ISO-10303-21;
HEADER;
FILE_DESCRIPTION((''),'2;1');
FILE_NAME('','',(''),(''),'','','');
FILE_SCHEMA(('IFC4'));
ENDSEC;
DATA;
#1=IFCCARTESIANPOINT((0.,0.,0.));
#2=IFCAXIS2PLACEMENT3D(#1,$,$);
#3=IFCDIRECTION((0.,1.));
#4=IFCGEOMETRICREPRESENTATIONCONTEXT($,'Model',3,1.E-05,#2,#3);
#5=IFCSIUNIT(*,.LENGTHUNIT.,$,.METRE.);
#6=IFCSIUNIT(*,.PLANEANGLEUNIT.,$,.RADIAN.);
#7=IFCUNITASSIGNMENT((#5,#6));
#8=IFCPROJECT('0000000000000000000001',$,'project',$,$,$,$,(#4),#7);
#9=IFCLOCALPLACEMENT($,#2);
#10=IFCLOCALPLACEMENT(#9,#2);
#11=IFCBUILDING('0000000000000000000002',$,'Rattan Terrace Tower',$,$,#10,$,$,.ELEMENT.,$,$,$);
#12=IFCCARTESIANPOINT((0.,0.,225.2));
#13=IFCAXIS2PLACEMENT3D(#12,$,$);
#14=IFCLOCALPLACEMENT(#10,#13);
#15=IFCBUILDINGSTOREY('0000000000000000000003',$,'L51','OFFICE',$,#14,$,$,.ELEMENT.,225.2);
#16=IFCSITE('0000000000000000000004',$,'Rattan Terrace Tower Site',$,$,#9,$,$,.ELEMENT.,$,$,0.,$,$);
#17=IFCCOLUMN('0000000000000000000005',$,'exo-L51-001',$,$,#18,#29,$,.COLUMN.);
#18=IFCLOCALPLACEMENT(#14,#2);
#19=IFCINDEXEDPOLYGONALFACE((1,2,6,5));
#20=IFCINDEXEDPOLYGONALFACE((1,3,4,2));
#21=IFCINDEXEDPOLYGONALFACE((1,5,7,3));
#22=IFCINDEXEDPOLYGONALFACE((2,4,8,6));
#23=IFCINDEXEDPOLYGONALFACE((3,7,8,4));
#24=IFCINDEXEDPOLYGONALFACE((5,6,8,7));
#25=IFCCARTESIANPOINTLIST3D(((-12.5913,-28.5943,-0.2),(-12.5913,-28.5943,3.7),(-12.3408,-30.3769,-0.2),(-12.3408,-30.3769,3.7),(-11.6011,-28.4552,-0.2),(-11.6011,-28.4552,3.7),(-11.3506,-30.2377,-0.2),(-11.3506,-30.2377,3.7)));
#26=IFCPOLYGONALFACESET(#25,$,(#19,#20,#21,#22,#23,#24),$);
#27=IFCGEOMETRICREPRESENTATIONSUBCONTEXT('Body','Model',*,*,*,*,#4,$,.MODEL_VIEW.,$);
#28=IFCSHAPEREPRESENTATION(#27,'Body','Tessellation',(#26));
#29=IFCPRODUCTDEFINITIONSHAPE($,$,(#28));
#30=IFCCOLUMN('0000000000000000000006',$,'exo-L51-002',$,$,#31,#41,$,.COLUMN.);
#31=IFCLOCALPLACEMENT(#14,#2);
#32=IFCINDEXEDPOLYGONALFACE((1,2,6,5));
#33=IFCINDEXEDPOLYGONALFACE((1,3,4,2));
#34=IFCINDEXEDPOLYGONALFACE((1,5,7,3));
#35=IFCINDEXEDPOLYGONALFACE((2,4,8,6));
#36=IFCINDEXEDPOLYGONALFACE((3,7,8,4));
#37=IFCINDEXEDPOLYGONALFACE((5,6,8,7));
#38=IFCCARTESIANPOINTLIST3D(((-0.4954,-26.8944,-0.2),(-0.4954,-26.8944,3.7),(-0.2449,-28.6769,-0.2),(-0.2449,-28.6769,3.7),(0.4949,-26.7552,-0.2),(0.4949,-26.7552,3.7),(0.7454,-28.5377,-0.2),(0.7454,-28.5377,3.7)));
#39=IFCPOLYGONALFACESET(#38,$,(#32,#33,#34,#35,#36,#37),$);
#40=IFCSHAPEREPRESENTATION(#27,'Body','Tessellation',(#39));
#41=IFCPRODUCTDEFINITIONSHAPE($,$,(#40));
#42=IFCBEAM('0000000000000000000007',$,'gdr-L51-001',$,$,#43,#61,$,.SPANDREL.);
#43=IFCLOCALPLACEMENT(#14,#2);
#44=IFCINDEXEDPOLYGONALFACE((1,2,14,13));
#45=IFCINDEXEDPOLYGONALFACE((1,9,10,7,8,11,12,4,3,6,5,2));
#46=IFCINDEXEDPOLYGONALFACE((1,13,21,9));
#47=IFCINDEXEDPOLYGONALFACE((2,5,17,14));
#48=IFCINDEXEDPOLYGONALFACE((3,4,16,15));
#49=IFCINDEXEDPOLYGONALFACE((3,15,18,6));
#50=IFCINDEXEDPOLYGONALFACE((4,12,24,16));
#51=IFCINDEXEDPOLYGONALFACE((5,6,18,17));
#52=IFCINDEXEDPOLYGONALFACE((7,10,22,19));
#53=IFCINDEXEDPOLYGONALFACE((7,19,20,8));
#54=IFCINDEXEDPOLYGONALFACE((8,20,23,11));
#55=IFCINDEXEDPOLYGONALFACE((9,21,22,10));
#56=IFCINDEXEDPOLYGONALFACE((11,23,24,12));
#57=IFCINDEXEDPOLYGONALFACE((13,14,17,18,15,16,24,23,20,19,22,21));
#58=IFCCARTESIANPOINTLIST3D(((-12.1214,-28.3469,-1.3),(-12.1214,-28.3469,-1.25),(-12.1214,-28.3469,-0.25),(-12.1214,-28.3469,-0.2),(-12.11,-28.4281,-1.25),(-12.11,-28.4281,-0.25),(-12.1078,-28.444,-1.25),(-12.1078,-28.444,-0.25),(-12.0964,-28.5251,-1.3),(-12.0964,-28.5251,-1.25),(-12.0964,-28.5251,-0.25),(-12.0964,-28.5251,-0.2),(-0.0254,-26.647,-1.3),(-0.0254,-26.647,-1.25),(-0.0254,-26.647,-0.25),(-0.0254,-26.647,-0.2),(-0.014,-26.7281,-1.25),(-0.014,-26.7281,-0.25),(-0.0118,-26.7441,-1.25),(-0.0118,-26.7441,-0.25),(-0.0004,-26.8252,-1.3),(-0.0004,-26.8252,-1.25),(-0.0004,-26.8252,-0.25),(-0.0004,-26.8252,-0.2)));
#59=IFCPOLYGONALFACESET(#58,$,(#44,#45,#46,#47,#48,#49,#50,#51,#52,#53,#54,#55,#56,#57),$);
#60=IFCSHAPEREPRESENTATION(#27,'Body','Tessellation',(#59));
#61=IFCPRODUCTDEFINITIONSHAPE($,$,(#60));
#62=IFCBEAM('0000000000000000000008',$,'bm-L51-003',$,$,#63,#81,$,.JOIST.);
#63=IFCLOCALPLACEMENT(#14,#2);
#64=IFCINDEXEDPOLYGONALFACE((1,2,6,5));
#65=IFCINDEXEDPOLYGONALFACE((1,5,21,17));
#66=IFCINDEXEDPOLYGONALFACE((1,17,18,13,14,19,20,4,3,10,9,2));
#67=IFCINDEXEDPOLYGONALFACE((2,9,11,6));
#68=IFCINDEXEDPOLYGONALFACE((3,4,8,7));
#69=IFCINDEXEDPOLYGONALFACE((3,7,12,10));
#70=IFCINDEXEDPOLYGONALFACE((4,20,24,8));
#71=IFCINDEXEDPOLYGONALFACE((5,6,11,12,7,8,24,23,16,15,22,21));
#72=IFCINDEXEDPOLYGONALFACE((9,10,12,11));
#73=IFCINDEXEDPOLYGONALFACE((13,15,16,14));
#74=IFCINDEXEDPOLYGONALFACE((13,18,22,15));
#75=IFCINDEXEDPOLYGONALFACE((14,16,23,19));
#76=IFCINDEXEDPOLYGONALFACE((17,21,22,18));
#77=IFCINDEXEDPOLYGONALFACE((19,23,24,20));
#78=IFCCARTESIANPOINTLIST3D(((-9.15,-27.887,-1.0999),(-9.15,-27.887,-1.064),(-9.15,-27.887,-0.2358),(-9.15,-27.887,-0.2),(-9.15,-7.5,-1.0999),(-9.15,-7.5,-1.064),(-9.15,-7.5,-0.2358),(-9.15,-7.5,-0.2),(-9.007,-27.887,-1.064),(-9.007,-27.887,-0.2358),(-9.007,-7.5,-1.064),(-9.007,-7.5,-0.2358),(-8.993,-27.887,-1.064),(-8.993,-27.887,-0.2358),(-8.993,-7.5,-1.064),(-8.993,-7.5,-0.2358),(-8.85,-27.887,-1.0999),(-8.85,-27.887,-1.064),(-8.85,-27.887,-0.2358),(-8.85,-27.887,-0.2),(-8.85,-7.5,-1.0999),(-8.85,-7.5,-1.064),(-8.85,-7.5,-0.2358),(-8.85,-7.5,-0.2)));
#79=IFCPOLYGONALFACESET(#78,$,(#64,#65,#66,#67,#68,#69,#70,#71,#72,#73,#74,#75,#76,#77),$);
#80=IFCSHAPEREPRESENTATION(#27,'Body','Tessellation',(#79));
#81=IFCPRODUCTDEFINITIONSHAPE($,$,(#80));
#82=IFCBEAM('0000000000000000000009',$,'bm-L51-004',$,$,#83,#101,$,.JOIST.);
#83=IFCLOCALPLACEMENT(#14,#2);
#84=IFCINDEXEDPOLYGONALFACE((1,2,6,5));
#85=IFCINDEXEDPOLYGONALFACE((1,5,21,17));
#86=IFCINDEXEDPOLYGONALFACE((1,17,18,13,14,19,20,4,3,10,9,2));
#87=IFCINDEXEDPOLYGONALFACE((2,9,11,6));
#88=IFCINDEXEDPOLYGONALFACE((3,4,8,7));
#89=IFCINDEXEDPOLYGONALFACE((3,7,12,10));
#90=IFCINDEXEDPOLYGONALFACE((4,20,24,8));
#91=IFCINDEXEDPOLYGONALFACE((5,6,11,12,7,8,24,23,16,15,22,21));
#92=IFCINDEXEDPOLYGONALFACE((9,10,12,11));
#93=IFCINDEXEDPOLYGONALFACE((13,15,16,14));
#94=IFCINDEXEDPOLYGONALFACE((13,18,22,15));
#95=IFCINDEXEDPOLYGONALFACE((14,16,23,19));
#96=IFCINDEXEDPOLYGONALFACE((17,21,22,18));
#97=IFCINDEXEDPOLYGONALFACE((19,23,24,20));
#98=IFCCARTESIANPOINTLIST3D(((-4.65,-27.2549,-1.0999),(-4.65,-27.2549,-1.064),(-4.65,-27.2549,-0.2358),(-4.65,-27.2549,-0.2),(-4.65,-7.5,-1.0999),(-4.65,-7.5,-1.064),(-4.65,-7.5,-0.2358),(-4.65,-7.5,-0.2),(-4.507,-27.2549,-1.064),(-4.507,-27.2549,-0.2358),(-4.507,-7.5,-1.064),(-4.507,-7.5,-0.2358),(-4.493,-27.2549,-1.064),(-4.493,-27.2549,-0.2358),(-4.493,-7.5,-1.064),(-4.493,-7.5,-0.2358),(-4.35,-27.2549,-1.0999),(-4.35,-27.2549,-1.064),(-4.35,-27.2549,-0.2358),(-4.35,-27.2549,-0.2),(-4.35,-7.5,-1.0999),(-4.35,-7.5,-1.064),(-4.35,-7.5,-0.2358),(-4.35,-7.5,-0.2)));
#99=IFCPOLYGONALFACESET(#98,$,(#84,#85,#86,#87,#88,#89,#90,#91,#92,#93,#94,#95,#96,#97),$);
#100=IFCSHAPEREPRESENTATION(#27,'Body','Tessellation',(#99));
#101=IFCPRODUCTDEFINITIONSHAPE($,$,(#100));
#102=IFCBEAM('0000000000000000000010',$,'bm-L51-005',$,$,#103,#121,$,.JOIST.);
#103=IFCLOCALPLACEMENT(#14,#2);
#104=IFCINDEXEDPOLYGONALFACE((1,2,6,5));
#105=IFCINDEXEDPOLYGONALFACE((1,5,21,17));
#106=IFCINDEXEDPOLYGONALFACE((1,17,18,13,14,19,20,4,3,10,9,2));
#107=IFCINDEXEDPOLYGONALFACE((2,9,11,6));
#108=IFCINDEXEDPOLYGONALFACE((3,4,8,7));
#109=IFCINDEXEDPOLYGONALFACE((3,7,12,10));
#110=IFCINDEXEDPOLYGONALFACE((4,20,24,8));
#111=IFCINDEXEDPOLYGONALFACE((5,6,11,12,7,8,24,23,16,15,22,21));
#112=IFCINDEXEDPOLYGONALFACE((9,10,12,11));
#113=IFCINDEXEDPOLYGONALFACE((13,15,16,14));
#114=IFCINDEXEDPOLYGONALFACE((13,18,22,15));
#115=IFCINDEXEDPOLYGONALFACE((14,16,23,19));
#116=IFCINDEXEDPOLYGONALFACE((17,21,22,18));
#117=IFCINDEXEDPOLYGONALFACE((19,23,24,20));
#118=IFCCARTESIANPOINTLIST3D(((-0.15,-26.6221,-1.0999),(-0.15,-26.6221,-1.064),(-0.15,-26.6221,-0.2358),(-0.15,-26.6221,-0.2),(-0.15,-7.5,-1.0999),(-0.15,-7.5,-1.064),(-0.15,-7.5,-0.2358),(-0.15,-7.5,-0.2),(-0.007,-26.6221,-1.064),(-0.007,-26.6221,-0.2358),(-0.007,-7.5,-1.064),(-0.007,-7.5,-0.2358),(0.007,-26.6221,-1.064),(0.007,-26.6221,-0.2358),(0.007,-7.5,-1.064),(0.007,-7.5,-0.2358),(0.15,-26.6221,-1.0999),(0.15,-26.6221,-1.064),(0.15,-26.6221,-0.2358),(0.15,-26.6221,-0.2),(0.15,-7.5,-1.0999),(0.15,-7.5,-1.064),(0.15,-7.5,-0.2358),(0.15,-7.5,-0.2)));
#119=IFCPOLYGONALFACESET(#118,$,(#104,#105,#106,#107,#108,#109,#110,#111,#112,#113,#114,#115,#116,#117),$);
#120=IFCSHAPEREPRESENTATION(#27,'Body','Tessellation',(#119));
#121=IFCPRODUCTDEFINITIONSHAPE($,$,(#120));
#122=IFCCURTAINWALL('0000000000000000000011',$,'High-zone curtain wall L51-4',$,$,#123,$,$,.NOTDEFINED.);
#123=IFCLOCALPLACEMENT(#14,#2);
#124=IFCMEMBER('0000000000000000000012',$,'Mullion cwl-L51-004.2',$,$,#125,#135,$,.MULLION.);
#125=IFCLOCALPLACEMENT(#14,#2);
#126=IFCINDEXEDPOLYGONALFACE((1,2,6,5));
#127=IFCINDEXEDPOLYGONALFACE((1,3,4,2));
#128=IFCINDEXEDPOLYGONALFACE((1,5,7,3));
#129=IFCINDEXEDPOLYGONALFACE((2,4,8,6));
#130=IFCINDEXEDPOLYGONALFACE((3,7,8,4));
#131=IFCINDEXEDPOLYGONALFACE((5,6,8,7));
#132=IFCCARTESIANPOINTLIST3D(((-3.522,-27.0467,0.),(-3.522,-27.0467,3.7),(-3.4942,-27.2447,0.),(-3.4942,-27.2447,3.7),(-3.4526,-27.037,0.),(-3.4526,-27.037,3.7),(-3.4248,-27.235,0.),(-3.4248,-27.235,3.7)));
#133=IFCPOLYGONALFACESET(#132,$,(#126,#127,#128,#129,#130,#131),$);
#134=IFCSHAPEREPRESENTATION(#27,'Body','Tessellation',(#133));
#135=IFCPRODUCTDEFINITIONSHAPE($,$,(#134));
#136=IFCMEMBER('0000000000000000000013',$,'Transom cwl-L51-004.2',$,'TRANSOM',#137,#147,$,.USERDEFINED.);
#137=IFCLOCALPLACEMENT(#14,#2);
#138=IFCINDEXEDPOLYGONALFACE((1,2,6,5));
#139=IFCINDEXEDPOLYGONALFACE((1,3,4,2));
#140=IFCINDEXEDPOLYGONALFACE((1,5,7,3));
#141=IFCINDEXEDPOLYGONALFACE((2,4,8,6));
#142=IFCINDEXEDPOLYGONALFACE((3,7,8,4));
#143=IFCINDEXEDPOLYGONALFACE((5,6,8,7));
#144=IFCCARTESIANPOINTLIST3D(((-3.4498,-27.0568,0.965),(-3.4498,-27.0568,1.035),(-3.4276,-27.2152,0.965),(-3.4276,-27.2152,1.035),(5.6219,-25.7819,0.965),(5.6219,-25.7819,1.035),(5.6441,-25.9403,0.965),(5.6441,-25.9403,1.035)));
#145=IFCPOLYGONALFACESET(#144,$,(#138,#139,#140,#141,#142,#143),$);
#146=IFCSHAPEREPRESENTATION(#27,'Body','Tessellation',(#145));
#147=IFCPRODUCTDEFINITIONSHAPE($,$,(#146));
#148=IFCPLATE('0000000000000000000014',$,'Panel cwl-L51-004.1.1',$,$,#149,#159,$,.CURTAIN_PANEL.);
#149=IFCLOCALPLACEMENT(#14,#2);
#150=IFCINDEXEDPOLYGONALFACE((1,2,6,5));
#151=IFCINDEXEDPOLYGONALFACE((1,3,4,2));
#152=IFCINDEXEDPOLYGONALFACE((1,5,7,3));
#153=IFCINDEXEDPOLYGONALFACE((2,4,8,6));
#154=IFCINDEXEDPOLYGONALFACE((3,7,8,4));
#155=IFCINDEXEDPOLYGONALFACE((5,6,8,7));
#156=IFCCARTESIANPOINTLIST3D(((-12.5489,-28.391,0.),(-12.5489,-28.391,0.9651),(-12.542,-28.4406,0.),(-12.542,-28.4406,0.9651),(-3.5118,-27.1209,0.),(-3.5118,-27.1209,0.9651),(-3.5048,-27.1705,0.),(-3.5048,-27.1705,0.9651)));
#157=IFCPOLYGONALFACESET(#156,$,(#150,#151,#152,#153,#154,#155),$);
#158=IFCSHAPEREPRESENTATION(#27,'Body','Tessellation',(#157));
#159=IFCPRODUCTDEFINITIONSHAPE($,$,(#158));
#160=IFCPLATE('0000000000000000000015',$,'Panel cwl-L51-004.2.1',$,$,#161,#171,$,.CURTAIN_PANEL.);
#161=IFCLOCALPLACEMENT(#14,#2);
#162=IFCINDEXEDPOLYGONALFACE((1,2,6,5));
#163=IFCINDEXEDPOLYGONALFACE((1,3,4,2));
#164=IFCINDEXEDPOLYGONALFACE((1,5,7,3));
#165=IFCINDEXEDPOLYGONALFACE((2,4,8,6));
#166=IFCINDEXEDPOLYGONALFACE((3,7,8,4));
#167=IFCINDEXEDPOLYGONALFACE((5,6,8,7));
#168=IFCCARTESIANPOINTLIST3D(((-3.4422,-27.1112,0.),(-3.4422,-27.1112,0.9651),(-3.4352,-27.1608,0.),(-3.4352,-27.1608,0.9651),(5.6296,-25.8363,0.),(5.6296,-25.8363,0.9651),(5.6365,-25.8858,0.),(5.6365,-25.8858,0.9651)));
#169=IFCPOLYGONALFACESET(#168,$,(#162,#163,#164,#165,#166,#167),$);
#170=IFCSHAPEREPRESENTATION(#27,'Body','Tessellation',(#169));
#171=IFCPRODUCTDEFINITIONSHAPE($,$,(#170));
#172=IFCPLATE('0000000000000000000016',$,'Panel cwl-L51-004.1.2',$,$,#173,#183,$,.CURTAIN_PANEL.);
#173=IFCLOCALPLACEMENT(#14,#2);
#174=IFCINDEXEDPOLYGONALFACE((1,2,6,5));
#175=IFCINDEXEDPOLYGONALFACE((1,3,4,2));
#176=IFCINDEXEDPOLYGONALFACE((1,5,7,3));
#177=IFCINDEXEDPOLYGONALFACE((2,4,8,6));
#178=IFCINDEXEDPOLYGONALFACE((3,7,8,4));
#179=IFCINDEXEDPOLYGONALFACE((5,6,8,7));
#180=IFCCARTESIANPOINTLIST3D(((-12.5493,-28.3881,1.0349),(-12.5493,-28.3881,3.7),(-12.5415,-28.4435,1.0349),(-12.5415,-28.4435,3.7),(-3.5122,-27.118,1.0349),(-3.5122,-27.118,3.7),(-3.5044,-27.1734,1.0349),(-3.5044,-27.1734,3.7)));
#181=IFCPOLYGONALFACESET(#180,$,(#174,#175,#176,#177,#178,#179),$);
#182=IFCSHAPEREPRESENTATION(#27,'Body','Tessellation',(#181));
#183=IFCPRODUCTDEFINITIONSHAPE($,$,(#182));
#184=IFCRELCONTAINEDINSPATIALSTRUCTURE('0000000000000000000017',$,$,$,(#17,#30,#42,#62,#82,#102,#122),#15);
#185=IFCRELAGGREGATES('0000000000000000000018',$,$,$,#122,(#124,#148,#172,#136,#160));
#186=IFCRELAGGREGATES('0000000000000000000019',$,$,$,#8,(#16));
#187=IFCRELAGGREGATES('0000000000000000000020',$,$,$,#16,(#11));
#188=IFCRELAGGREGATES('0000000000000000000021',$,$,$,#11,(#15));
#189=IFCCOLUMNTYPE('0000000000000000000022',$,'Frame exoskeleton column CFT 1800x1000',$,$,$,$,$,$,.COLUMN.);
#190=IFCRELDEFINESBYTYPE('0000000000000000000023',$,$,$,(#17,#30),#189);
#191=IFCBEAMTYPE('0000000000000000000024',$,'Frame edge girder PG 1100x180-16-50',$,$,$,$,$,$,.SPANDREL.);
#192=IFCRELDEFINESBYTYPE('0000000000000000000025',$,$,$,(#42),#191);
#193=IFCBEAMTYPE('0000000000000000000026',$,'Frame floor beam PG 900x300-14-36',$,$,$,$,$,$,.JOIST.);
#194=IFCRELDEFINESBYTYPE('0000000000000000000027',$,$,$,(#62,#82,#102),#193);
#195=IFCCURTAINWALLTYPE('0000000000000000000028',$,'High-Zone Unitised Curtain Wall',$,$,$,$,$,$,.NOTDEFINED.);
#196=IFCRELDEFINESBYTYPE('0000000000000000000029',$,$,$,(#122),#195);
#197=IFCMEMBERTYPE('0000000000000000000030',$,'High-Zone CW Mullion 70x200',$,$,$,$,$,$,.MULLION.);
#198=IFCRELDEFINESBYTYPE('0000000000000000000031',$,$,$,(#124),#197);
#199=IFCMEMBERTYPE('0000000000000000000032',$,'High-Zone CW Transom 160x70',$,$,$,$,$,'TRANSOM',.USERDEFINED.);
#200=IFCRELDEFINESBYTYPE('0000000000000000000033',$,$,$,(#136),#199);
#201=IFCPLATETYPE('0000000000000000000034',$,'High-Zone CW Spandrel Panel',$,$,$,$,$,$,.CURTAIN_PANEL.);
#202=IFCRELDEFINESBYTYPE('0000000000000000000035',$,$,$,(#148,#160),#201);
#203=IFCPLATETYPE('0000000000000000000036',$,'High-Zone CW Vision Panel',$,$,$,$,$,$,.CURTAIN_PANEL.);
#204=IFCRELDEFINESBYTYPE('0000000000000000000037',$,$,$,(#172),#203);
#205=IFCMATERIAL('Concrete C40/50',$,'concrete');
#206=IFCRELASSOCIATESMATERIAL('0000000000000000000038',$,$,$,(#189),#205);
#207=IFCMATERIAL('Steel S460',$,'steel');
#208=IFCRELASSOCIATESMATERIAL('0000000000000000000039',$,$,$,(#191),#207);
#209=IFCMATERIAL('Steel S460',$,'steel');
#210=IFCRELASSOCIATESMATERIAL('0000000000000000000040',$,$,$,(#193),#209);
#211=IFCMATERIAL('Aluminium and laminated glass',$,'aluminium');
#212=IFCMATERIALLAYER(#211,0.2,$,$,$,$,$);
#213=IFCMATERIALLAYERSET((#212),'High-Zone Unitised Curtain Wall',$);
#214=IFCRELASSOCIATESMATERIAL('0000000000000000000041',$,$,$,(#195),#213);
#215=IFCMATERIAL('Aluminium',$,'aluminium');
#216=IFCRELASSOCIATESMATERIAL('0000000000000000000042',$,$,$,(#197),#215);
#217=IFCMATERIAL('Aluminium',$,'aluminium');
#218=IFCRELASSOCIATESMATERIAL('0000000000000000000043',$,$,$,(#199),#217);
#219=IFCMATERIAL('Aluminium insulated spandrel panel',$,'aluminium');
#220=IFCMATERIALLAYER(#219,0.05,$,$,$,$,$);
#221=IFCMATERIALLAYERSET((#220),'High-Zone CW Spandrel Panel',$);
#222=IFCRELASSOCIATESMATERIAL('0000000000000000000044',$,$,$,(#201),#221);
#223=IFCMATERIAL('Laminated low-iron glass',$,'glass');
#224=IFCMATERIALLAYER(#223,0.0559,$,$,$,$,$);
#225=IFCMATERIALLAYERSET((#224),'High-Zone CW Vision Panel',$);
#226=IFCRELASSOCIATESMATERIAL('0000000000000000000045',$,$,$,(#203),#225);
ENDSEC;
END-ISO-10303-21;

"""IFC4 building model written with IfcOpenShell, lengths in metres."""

from ifc_helpers import new_model, si_unit, direction, frame, origin, origin_2d, place, context, subcontext, project, spatial, rectangle, i_section, extrude, material, layer, layer_set, material_profile, profile_set, type_object, element, aggregate, save


model = new_model("IFC4")

# Units and contexts
model_context = context("Model", 3, precision=1e-05, world=origin(), true_north=direction((0.0, 1.0)))
body_context = subcontext(model_context, "Body", "Model", "MODEL_VIEW")
ifc_project = project(units=[si_unit("LENGTHUNIT", "METRE"), si_unit("PLANEANGLEUNIT", "RADIAN")], contexts=[model_context])

# Site, building, storey
site_placement = place(None, origin())
site = spatial("IfcSite", under=ifc_project, at=site_placement, Name="Rattan Terrace Tower Site", CompositionType="ELEMENT", RefElevation=0.0)
building_placement = place(site_placement, origin())
building = spatial("IfcBuilding", under=site, at=building_placement, Name="Rattan Terrace Tower", CompositionType="ELEMENT")
storey_placement = place(building_placement, frame((0.0, 0.0, 225.2)))
storey = spatial("IfcBuildingStorey", under=building, at=storey_placement, Name="L51", Description="OFFICE", CompositionType="ELEMENT", Elevation=225.2)

# Columns
ifc_material_1 = material(Name="Concrete C40/50", Category="concrete")
ifc_material_profile_1 = material_profile(ifc_material_1, rectangle(XDim=1.0, YDim=1.8, at=origin_2d()), Name="CFT 1800x1000")
ifc_profile_set_1 = profile_set([ifc_material_profile_1], Name="Concrete C40/50")
column_type = type_object("IfcColumnType", Name="Frame exoskeleton column CFT 1800x1000", PredefinedType="COLUMN", material=ifc_profile_set_1)
for number, where, z_axis, x_axis, name in (
    (1, (-11.9709, -29.416, -0.2), (0.0, 0.0, 1.0), (0.990268, 0.139173, 0.0), "exo-L51-001"),
    (2, (0.125, -27.7161, -0.2), (0.0, 0.0, 1.0), (0.990268, 0.139173, 0.0), "exo-L51-002"),
):
    element("IfcColumn", number, at=place(storey_placement, frame(where, z_axis=z_axis, x_axis=x_axis)), inside=storey, type_object=column_type, Name=name, PredefinedType="COLUMN", context=body_context, shape_type="SweptSolid", body=[
        extrude(rectangle(XDim=1.0, YDim=1.8, at=origin_2d()), origin(), (0.0, 0.0, 1.0), 3.8999),
    ])

# Beams
ifc_material_2 = material(Name="Steel S460", Category="steel")
ifc_material_profile_2 = material_profile(ifc_material_2, i_section(OverallWidth=0.1799, OverallDepth=1.1001, WebThickness=0.0161, FlangeThickness=0.05, at=origin_2d()), Name="PG 1100x180-16-50")
ifc_profile_set_2 = profile_set([ifc_material_profile_2], Name="Steel S460")
beam_type_1 = type_object("IfcBeamType", Name="Frame edge girder PG 1100x180-16-50", PredefinedType="SPANDREL", material=ifc_profile_set_2)
beam_1_placement = place(storey_placement, frame((-12.1089, -28.436, -0.75), z_axis=(0.990268, 0.139171, 0.0), x_axis=(-0.139171, 0.990268, 0.0)))
element("IfcBeam", 3, at=beam_1_placement, inside=storey, type_object=beam_type_1, Name="gdr-L51-001", PredefinedType="SPANDREL", context=body_context, shape_type="SweptSolid", body=[
    extrude(i_section(OverallWidth=0.1799, OverallDepth=1.1001, WebThickness=0.0161, FlangeThickness=0.05, at=origin_2d()), origin(), (0.0, 0.0, 1.0), 12.2148),
])
ifc_material_3 = material(Name="Steel S460", Category="steel")
ifc_material_profile_3 = material_profile(ifc_material_3, i_section(OverallWidth=0.3, OverallDepth=0.8999, WebThickness=0.0139, FlangeThickness=0.0359, at=origin_2d()), Name="PG 900x300-14-36")
ifc_profile_set_3 = profile_set([ifc_material_profile_3], Name="Steel S460")
beam_type_2 = type_object("IfcBeamType", Name="Frame floor beam PG 900x300-14-36", PredefinedType="JOIST", material=ifc_profile_set_3)
beam_2_placement = place(storey_placement, frame((-9.0, -27.887, -0.6499), z_axis=(0.0, 1.0, 0.0), x_axis=(-1.0, 0.0, 0.0)))
element("IfcBeam", 4, at=beam_2_placement, inside=storey, type_object=beam_type_2, Name="bm-L51-003", PredefinedType="JOIST", context=body_context, shape_type="SweptSolid", body=[
    extrude(i_section(OverallWidth=0.3, OverallDepth=0.8999, WebThickness=0.0139, FlangeThickness=0.0359, at=origin_2d()), origin(), (0.0, 0.0, 1.0), 20.387),
])
beam_3_placement = place(storey_placement, frame((-4.5, -27.2549, -0.6499), z_axis=(0.0, 1.0, 0.0), x_axis=(-1.0, 0.0, 0.0)))
element("IfcBeam", 5, at=beam_3_placement, inside=storey, type_object=beam_type_2, Name="bm-L51-004", PredefinedType="JOIST", context=body_context, shape_type="SweptSolid", body=[
    extrude(i_section(OverallWidth=0.3, OverallDepth=0.8999, WebThickness=0.0139, FlangeThickness=0.0359, at=origin_2d()), origin(), (0.0, 0.0, 1.0), 19.7549),
])
beam_4_placement = place(storey_placement, frame((0.0, -26.6221, -0.6499), z_axis=(0.0, 1.0, 0.0), x_axis=(-1.0, 0.0, 0.0)))
element("IfcBeam", 6, at=beam_4_placement, inside=storey, type_object=beam_type_2, Name="bm-L51-005", PredefinedType="JOIST", context=body_context, shape_type="SweptSolid", body=[
    extrude(i_section(OverallWidth=0.3, OverallDepth=0.8999, WebThickness=0.0139, FlangeThickness=0.0359, at=origin_2d()), origin(), (0.0, 0.0, 1.0), 19.1221),
])

# Curtain wall, members, plates
ifc_material_4 = material(Name="Aluminium and laminated glass", Category="aluminium")
ifc_layer_1 = layer(ifc_material_4, 0.2)
ifc_layer_set_1 = layer_set([ifc_layer_1], Name="High-Zone Unitised Curtain Wall")
curtain_wall_type = type_object("IfcCurtainWallType", Name="High-Zone Unitised Curtain Wall", PredefinedType="NOTDEFINED", material=ifc_layer_set_1)
curtain_wall_placement = place(storey_placement, origin())
curtain_wall = element("IfcCurtainWall", 7, at=curtain_wall_placement, inside=storey, type_object=curtain_wall_type, Name="High-zone curtain wall L51-4", PredefinedType="NOTDEFINED")
ifc_material_5 = material(Name="Aluminium", Category="aluminium")
ifc_material_profile_4 = material_profile(ifc_material_5, rectangle(XDim=0.0701, YDim=0.2, at=origin_2d()), Name="Aluminium 70x200")
ifc_profile_set_4 = profile_set([ifc_material_profile_4], Name="Aluminium")
member_type_1 = type_object("IfcMemberType", Name="High-Zone CW Mullion 70x200", PredefinedType="MULLION", material=ifc_profile_set_4)
member_1_placement = place(storey_placement, frame((-3.4734, -27.1409, 0.0), z_axis=(0.0, 0.0, 1.0), x_axis=(0.990267, 0.139177, 0.0)))
member_1 = element("IfcMember", 8, at=member_1_placement, type_object=member_type_1, Name="Mullion cwl-L51-004.2", PredefinedType="MULLION", context=body_context, shape_type="SweptSolid", body=[
    extrude(rectangle(XDim=0.0701, YDim=0.2, at=origin_2d()), origin(), (0.0, 0.0, 1.0), 3.7),
])
ifc_material_6 = material(Name="Aluminium", Category="aluminium")
ifc_material_profile_5 = material_profile(ifc_material_6, rectangle(XDim=0.1599, YDim=0.0701, at=origin_2d()), Name="Aluminium 160x70")
ifc_profile_set_5 = profile_set([ifc_material_profile_5], Name="Aluminium")
member_type_2 = type_object("IfcMemberType", Name="High-Zone CW Transom 160x70", ElementType="TRANSOM", PredefinedType="USERDEFINED", material=ifc_profile_set_5)
member_2_placement = place(storey_placement, frame((-3.4387, -27.136, 1.0), z_axis=(0.990269, 0.139167, 0.0), x_axis=(-0.139167, 0.990269, 0.0)))
member_2 = element("IfcMember", 9, at=member_2_placement, type_object=member_type_2, Name="Transom cwl-L51-004.2", ObjectType="TRANSOM", PredefinedType="USERDEFINED", context=body_context, shape_type="SweptSolid", body=[
    extrude(rectangle(XDim=0.1599, YDim=0.0701, at=origin_2d()), origin(), (0.0, 0.0, 1.0), 9.1609),
])
ifc_material_7 = material(Name="Aluminium insulated spandrel panel", Category="aluminium")
ifc_layer_2 = layer(ifc_material_7, 0.05)
ifc_layer_set_2 = layer_set([ifc_layer_2], Name="High-Zone CW Spandrel Panel")
plate_type_1 = type_object("IfcPlateType", Name="High-Zone CW Spandrel Panel", PredefinedType="CURTAIN_PANEL", material=ifc_layer_set_2)
plate_1_placement = place(storey_placement, frame((-8.0269, -27.7808, 0.0), z_axis=(0.0, 0.0, 1.0), x_axis=(0.990267, 0.139177, 0.0)))
plate_1 = element("IfcPlate", 10, at=plate_1_placement, type_object=plate_type_1, Name="Panel cwl-L51-004.1.1", PredefinedType="CURTAIN_PANEL", context=body_context, shape_type="SweptSolid", body=[
    extrude(rectangle(XDim=9.126, YDim=0.05, at=origin_2d()), origin(), (0.0, 0.0, 1.0), 0.9651),
])
plate_2_placement = place(storey_placement, frame((1.0972, -26.4985, 0.0), z_axis=(0.0, 0.0, 1.0), x_axis=(0.990267, 0.139177, 0.0)))
plate_2 = element("IfcPlate", 11, at=plate_2_placement, type_object=plate_type_1, Name="Panel cwl-L51-004.2.1", PredefinedType="CURTAIN_PANEL", context=body_context, shape_type="SweptSolid", body=[
    extrude(rectangle(XDim=9.1609, YDim=0.05, at=origin_2d()), origin(), (0.0, 0.0, 1.0), 0.9651),
])
ifc_material_8 = material(Name="Laminated low-iron glass", Category="glass")
ifc_layer_3 = layer(ifc_material_8, 0.0559)
ifc_layer_set_3 = layer_set([ifc_layer_3], Name="High-Zone CW Vision Panel")
plate_type_2 = type_object("IfcPlateType", Name="High-Zone CW Vision Panel", PredefinedType="CURTAIN_PANEL", material=ifc_layer_set_3)
plate_3_placement = place(storey_placement, frame((-8.0269, -27.7808, 1.0349), z_axis=(0.0, 0.0, 1.0), x_axis=(0.990267, 0.139177, 0.0)))
plate_3 = element("IfcPlate", 12, at=plate_3_placement, type_object=plate_type_2, Name="Panel cwl-L51-004.1.2", PredefinedType="CURTAIN_PANEL", context=body_context, shape_type="SweptSolid", body=[
    extrude(rectangle(XDim=9.126, YDim=0.0559, at=origin_2d()), origin(), (0.0, 0.0, 1.0), 2.665),
])
aggregate(curtain_wall, [member_1, plate_1, plate_3, member_2, plate_2])

save(model, "model.ifc")
